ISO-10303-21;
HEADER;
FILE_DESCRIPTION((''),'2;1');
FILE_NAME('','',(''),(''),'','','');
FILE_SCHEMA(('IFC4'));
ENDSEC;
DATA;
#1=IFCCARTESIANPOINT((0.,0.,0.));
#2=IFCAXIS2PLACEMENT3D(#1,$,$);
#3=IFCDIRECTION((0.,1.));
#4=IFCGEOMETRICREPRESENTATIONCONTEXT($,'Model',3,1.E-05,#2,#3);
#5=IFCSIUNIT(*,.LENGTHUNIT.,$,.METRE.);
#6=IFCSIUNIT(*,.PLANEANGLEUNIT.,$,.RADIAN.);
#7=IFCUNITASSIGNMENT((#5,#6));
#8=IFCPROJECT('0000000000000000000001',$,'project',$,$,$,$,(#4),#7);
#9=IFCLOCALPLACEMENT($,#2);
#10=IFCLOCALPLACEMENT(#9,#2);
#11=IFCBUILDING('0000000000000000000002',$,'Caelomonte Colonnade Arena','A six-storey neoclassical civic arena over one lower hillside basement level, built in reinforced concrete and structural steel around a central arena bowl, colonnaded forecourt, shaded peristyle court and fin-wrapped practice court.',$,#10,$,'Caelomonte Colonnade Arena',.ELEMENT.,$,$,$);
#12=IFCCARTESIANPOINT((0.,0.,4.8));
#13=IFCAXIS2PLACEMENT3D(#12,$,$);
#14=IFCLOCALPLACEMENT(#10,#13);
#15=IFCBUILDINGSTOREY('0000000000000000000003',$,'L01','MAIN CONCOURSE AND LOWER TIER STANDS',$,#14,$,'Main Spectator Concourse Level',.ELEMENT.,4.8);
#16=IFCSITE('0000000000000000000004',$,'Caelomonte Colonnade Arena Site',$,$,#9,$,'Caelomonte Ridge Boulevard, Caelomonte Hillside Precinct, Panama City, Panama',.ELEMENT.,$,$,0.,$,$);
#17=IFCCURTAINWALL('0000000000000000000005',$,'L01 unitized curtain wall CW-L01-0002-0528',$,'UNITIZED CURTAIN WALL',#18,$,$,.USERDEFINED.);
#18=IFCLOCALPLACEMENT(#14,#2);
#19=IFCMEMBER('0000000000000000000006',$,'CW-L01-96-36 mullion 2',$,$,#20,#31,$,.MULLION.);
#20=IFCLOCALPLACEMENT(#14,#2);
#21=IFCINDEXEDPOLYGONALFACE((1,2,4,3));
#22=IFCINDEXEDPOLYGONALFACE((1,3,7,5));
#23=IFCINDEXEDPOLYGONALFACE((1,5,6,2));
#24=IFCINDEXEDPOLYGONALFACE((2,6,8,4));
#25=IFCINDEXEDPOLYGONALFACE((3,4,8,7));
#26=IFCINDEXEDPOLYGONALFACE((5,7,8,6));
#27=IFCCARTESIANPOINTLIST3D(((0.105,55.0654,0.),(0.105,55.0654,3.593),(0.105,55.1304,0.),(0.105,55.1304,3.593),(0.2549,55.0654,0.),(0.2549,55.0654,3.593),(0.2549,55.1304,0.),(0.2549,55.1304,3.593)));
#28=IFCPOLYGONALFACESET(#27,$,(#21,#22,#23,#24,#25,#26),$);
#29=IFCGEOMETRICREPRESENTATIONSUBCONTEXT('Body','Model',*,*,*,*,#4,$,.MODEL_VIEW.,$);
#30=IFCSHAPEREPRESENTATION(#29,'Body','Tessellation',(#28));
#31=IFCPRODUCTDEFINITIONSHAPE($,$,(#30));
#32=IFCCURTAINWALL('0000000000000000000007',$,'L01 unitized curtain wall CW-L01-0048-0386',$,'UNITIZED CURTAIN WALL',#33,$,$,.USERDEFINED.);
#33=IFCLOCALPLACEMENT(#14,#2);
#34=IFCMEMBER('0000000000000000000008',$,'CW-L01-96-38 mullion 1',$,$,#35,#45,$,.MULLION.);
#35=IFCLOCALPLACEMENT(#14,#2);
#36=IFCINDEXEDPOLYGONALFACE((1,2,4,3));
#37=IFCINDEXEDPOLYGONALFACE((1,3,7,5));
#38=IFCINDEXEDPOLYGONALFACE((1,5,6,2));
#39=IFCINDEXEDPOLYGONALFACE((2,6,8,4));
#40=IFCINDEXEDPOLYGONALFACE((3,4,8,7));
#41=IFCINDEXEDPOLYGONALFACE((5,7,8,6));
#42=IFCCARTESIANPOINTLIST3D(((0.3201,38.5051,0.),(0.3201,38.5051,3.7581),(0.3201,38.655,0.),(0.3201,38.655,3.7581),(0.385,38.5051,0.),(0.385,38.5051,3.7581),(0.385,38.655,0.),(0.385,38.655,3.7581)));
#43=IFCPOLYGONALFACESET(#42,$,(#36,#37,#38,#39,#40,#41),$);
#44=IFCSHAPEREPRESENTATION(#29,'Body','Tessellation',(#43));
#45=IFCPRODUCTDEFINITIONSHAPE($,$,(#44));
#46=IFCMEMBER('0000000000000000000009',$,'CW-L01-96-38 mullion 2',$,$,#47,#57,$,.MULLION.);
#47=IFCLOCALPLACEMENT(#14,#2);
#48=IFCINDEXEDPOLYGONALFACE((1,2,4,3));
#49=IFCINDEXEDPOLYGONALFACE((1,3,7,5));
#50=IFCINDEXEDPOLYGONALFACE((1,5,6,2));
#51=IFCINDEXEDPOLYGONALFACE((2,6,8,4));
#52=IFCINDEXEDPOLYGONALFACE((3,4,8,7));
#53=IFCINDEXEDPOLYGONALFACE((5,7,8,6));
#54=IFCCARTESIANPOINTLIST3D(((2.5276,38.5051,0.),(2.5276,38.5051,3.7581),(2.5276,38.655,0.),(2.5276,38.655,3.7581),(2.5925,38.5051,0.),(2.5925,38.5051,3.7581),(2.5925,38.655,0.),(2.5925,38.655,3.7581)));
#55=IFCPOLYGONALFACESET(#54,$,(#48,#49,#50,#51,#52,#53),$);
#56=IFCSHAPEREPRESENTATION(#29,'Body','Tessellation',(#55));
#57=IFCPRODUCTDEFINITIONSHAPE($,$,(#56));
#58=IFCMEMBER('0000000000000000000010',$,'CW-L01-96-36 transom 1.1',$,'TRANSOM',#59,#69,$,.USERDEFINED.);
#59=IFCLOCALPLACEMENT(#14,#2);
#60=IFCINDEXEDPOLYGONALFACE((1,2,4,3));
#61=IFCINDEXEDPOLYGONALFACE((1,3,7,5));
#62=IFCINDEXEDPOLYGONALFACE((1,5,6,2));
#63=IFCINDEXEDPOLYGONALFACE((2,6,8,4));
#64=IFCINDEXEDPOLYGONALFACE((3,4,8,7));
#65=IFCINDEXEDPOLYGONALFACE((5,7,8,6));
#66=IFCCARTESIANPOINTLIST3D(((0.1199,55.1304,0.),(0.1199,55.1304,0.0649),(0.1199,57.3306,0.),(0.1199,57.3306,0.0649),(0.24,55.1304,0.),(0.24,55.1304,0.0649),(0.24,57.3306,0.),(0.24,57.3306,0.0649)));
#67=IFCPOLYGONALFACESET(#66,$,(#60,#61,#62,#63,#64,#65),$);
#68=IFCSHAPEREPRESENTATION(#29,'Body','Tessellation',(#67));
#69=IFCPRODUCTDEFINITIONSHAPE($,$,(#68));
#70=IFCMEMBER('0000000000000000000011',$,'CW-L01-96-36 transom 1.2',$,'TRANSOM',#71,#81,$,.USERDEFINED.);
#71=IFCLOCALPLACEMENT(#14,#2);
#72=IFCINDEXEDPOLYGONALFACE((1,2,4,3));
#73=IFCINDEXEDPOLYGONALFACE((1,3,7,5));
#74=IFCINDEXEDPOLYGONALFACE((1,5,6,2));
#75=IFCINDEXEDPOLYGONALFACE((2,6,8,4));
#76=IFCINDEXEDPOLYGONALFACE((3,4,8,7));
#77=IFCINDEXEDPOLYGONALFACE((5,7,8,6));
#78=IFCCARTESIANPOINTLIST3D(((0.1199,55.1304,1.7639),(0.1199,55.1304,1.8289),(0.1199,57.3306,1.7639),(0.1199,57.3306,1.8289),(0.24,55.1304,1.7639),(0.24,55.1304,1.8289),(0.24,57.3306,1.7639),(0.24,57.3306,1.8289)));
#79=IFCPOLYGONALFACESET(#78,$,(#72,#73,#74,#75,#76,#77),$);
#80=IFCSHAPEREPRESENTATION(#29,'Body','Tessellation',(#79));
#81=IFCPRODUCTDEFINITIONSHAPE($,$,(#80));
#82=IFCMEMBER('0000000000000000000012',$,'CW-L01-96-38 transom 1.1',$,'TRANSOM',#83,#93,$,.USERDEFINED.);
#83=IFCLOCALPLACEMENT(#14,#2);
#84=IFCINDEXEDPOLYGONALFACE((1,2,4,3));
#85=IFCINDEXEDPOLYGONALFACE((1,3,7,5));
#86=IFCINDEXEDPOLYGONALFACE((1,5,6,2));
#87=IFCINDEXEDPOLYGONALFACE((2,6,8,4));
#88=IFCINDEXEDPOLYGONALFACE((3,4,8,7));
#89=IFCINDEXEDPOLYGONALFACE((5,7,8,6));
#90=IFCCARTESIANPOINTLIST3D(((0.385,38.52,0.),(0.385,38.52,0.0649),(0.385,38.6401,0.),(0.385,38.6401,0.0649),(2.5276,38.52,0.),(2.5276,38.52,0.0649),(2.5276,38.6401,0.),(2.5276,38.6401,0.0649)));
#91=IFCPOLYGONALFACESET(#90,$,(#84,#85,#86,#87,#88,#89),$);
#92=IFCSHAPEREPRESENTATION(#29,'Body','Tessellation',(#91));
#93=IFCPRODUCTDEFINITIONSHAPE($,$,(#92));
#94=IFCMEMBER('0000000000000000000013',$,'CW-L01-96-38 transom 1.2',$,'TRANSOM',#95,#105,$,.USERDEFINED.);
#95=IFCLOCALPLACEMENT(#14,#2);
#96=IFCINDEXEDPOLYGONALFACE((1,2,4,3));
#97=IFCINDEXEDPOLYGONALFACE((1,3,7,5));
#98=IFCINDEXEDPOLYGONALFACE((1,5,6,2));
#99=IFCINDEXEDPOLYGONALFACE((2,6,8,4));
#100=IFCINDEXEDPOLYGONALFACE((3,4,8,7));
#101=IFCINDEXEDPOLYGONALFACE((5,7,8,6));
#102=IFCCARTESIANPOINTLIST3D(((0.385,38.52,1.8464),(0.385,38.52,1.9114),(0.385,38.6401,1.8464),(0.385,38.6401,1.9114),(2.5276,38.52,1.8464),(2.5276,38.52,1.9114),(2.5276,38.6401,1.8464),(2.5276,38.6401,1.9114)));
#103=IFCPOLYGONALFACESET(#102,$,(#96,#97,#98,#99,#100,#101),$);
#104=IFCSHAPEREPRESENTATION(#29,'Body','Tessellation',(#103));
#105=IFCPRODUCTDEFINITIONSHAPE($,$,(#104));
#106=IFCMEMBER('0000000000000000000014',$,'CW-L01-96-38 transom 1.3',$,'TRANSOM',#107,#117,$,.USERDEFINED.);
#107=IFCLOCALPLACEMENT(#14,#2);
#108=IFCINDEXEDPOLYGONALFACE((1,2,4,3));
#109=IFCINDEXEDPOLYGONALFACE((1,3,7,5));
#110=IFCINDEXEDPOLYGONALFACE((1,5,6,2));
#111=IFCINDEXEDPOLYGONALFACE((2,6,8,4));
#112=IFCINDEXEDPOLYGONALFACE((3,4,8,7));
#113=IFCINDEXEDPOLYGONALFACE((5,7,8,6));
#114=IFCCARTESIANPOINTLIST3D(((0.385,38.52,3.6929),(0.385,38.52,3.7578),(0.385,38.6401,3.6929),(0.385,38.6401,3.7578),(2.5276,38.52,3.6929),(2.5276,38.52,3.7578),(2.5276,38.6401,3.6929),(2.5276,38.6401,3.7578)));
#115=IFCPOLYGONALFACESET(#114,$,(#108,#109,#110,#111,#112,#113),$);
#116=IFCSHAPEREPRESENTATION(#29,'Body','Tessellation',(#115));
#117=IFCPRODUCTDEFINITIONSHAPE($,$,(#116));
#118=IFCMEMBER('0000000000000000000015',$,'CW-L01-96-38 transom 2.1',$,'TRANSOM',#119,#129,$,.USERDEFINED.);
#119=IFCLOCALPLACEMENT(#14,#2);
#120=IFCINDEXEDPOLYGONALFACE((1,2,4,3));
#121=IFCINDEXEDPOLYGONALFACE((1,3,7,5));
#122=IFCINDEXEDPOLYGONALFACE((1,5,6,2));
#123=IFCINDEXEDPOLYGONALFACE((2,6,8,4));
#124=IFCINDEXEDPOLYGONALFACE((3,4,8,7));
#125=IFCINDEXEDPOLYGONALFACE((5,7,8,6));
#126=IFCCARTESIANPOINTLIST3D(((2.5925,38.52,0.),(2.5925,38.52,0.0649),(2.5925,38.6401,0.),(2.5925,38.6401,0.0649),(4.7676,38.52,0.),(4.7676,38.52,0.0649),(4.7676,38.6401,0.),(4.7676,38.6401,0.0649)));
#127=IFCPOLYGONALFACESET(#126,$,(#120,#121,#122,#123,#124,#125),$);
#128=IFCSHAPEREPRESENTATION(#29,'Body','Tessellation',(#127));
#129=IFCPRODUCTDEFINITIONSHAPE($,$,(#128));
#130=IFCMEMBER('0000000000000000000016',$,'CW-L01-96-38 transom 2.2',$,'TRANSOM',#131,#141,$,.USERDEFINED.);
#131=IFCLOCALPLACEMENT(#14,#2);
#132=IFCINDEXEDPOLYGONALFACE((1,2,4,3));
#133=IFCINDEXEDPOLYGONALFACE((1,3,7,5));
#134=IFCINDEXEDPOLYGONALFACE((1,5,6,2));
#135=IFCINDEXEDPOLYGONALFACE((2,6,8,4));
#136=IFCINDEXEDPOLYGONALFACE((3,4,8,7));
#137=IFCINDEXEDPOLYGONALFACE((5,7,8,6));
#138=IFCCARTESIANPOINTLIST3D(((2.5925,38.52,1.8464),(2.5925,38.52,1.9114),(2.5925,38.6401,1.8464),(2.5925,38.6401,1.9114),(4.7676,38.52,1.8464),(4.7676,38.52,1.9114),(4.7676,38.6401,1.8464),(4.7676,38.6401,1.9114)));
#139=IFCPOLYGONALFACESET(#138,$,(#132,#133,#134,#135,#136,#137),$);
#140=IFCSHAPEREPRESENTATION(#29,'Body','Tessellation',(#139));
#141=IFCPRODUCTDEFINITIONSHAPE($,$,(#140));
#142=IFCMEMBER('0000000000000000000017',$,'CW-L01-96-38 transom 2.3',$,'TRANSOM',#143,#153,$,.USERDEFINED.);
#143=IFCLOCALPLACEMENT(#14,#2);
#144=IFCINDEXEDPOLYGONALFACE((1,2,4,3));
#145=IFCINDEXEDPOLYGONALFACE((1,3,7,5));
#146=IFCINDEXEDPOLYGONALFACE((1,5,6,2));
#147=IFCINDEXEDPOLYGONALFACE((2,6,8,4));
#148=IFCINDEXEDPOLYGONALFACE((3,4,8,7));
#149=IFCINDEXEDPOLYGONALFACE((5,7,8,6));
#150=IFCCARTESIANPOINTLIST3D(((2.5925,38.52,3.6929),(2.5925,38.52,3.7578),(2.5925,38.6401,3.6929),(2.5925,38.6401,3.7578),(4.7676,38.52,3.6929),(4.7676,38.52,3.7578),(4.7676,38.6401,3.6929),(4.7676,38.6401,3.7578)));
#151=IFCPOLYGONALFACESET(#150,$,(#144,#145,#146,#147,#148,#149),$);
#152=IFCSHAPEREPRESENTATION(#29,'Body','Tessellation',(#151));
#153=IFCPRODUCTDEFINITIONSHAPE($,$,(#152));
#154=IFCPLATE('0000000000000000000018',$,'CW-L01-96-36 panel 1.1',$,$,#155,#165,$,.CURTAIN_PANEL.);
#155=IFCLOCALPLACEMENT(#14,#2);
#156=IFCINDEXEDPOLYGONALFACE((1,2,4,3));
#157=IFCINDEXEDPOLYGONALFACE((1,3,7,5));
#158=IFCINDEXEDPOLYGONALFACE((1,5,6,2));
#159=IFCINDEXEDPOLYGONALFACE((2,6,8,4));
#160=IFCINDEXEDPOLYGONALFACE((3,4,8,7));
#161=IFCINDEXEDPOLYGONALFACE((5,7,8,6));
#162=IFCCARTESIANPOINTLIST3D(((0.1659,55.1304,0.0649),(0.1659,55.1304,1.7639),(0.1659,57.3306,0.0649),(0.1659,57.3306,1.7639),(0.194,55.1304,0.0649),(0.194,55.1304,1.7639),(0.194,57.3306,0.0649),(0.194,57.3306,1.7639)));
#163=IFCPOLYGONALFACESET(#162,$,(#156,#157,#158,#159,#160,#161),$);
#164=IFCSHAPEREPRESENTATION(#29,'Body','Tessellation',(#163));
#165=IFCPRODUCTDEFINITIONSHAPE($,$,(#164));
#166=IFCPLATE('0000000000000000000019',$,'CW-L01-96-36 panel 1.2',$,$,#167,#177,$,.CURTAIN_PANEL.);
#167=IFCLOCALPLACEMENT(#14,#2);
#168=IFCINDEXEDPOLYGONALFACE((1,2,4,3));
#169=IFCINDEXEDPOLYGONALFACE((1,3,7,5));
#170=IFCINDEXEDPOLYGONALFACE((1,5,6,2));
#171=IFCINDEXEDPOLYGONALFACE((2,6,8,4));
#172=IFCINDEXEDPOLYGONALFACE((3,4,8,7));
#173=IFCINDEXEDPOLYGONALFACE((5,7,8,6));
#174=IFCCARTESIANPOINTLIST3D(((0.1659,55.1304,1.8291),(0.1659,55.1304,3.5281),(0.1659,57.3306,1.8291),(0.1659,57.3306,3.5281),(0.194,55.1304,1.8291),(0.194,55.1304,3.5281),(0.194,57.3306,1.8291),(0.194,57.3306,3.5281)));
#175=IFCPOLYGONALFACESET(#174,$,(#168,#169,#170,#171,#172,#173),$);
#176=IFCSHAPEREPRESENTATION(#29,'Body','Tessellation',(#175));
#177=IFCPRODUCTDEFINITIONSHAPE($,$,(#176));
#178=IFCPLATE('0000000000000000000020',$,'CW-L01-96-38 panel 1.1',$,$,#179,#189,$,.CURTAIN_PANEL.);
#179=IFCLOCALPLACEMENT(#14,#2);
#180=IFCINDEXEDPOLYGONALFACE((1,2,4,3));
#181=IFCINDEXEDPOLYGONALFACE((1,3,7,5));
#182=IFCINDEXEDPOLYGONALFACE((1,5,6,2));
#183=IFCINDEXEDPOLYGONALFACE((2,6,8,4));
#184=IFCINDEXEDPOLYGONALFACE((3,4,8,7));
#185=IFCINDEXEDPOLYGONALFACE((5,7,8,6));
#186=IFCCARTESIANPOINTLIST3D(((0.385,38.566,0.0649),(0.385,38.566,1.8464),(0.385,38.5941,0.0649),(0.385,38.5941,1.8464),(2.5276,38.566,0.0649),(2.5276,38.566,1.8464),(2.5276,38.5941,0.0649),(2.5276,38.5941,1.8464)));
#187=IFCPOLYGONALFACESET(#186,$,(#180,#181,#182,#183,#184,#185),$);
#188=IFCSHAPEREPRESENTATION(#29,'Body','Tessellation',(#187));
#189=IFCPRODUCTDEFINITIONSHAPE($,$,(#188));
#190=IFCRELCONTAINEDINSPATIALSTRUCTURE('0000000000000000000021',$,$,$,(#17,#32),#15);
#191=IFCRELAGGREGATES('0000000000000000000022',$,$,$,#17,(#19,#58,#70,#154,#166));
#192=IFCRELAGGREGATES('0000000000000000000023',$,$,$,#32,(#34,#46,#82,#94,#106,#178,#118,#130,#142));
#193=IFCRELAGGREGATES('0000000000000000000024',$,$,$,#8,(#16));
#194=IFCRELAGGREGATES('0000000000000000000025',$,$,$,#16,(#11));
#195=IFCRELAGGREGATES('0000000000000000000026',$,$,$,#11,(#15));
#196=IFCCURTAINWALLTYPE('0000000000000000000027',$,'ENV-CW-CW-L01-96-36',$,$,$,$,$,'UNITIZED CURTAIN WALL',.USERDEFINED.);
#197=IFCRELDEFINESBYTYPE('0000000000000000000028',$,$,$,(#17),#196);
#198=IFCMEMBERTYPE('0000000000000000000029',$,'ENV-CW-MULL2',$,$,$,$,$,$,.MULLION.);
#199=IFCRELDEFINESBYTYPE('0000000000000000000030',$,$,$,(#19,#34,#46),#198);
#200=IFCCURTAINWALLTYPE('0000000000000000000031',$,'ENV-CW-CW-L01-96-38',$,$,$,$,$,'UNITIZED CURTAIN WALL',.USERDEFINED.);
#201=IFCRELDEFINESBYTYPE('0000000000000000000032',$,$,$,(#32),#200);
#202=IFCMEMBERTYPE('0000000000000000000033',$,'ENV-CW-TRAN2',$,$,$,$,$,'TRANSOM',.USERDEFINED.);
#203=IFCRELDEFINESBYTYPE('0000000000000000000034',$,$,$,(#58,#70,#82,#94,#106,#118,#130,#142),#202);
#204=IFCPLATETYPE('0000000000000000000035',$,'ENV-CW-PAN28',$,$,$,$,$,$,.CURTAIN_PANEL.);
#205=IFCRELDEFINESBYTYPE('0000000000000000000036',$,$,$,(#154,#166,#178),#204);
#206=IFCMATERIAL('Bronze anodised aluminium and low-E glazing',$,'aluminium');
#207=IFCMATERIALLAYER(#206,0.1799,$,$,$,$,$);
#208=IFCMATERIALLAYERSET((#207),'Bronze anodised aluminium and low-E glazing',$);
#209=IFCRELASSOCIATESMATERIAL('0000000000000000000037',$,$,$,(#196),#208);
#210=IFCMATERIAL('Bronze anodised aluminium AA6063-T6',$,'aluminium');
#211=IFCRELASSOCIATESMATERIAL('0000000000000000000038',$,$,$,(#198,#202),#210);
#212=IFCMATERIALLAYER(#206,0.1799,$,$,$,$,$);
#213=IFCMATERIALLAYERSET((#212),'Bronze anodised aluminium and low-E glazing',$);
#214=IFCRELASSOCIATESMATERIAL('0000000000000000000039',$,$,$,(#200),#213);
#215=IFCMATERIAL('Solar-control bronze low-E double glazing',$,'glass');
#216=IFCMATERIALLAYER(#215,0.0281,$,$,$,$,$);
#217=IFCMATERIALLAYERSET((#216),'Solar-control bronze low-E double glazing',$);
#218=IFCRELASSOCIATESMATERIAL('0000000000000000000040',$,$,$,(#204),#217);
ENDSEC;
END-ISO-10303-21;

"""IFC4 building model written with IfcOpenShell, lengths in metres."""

from ifc_helpers import new_model, si_unit, direction, frame, origin, origin_2d, place, context, subcontext, project, spatial, rectangle, extrude, material, layer, layer_set, material_profile, profile_set, type_object, element, aggregate, save


model = new_model("IFC4")

# Units and contexts
model_context = context("Model", 3, precision=1e-05, world=origin(), true_north=direction((0.0, 1.0)))
body_context = subcontext(model_context, "Body", "Model", "MODEL_VIEW")
ifc_project = project(units=[si_unit("LENGTHUNIT", "METRE"), si_unit("PLANEANGLEUNIT", "RADIAN")], contexts=[model_context])

# Site, building, storey
site_placement = place(None, origin())
site = spatial("IfcSite", under=ifc_project, at=site_placement, Name="Caelomonte Colonnade Arena Site", LongName="Caelomonte Ridge Boulevard, Caelomonte Hillside Precinct, Panama City, Panama", CompositionType="ELEMENT", RefElevation=0.0)
building_placement = place(site_placement, origin())
building = spatial("IfcBuilding", under=site, at=building_placement, Name="Caelomonte Colonnade Arena", Description="A six-storey neoclassical civic arena over one lower hillside basement level, built in reinforced concrete and structural steel around a central arena bowl, colonnaded forecourt, shaded peristyle court and fin-wrapped practice court.", LongName="Caelomonte Colonnade Arena", CompositionType="ELEMENT")
storey_placement = place(building_placement, frame((0.0, 0.0, 4.8)))
storey = spatial("IfcBuildingStorey", under=building, at=storey_placement, Name="L01", Description="MAIN CONCOURSE AND LOWER TIER STANDS", LongName="Main Spectator Concourse Level", CompositionType="ELEMENT", Elevation=4.8)

# Curtain wall, member
ifc_material_1 = material(Name="Bronze anodised aluminium and low-E glazing", Category="aluminium")
ifc_layer_1 = layer(ifc_material_1, 0.1799)
ifc_layer_set_1 = layer_set([ifc_layer_1], Name="Bronze anodised aluminium and low-E glazing")
curtain_wall_type_1 = type_object("IfcCurtainWallType", Name="ENV-CW-CW-L01-96-36", ElementType="UNITIZED CURTAIN WALL", PredefinedType="USERDEFINED", material=ifc_layer_set_1)
curtain_wall_1_placement = place(storey_placement, origin())
curtain_wall_1 = element("IfcCurtainWall", 1, at=curtain_wall_1_placement, inside=storey, type_object=curtain_wall_type_1, Name="L01 unitized curtain wall CW-L01-0002-0528", ObjectType="UNITIZED CURTAIN WALL", PredefinedType="USERDEFINED")
ifc_material_2 = material(Name="Bronze anodised aluminium AA6063-T6", Category="aluminium")
ifc_material_profile_1 = material_profile(ifc_material_2, rectangle(XDim=0.0649, YDim=0.1499, at=origin_2d()), Name="CWM-65X150")
ifc_profile_set_1 = profile_set([ifc_material_profile_1], Name="Bronze anodised aluminium AA6063-T6")
member_type_1 = type_object("IfcMemberType", Name="ENV-CW-MULL2", PredefinedType="MULLION", material=ifc_profile_set_1)
member_1_placement = place(storey_placement, frame((0.1799, 55.0979, 0.0), z_axis=(0.0, 0.0, 1.0), x_axis=(0.0, -1.0, 0.0)))
member_1 = element("IfcMember", 2, at=member_1_placement, type_object=member_type_1, Name="CW-L01-96-36 mullion 2", PredefinedType="MULLION", context=body_context, shape_type="SweptSolid", body=[
    extrude(rectangle(XDim=0.0649, YDim=0.1499, at=origin_2d()), origin(), (0.0, 0.0, 1.0), 3.593),
])

# Curtain wall, members
ifc_layer_2 = layer(ifc_material_1, 0.1799)
ifc_layer_set_2 = layer_set([ifc_layer_2], Name="Bronze anodised aluminium and low-E glazing")
curtain_wall_type_2 = type_object("IfcCurtainWallType", Name="ENV-CW-CW-L01-96-38", ElementType="UNITIZED CURTAIN WALL", PredefinedType="USERDEFINED", material=ifc_layer_set_2)
curtain_wall_2_placement = place(storey_placement, origin())
curtain_wall_2 = element("IfcCurtainWall", 3, at=curtain_wall_2_placement, inside=storey, type_object=curtain_wall_type_2, Name="L01 unitized curtain wall CW-L01-0048-0386", ObjectType="UNITIZED CURTAIN WALL", PredefinedType="USERDEFINED")
member_2_placement = place(storey_placement, frame((0.3525, 38.5801, 0.0), z_axis=(0.0, 0.0, 1.0), x_axis=(1.0, 0.0, 0.0)))
member_2 = element("IfcMember", 4, at=member_2_placement, type_object=member_type_1, Name="CW-L01-96-38 mullion 1", PredefinedType="MULLION", context=body_context, shape_type="SweptSolid", body=[
    extrude(rectangle(XDim=0.0649, YDim=0.1499, at=origin_2d()), origin(), (0.0, 0.0, 1.0), 3.7581),
])
member_3_placement = place(storey_placement, frame((2.5601, 38.5801, 0.0), z_axis=(0.0, 0.0, 1.0), x_axis=(1.0, 0.0, 0.0)))
member_3 = element("IfcMember", 5, at=member_3_placement, type_object=member_type_1, Name="CW-L01-96-38 mullion 2", PredefinedType="MULLION", context=body_context, shape_type="SweptSolid", body=[
    extrude(rectangle(XDim=0.0649, YDim=0.1499, at=origin_2d()), origin(), (0.0, 0.0, 1.0), 3.7581),
])

# Members
ifc_material_profile_2 = material_profile(ifc_material_2, rectangle(XDim=0.0649, YDim=0.1201, at=origin_2d()), Name="CWT-65X120")
ifc_profile_set_2 = profile_set([ifc_material_profile_2], Name="Bronze anodised aluminium AA6063-T6")
member_type_2 = type_object("IfcMemberType", Name="ENV-CW-TRAN2", ElementType="TRANSOM", PredefinedType="USERDEFINED", material=ifc_profile_set_2)
member_4_placement = place(storey_placement, frame((0.1799, 57.3306, 0.0325), z_axis=(0.0, -1.0, 0.0), x_axis=(0.0, 0.0, 1.0)))
member_4 = element("IfcMember", 6, at=member_4_placement, type_object=member_type_2, Name="CW-L01-96-36 transom 1.1", ObjectType="TRANSOM", PredefinedType="USERDEFINED", context=body_context, shape_type="SweptSolid", body=[
    extrude(rectangle(XDim=0.0649, YDim=0.1201, at=origin_2d()), origin(), (0.0, 0.0, 1.0), 2.2002),
])
member_5_placement = place(storey_placement, frame((0.1799, 57.3306, 1.7964), z_axis=(0.0, -1.0, 0.0), x_axis=(0.0, 0.0, 1.0)))
member_5 = element("IfcMember", 7, at=member_5_placement, type_object=member_type_2, Name="CW-L01-96-36 transom 1.2", ObjectType="TRANSOM", PredefinedType="USERDEFINED", context=body_context, shape_type="SweptSolid", body=[
    extrude(rectangle(XDim=0.0649, YDim=0.1201, at=origin_2d()), origin(), (0.0, 0.0, 1.0), 2.2002),
])
member_6_placement = place(storey_placement, frame((0.385, 38.5801, 0.0325), z_axis=(1.0, 0.0, 0.0), x_axis=(0.0, 0.0, 1.0)))
member_6 = element("IfcMember", 8, at=member_6_placement, type_object=member_type_2, Name="CW-L01-96-38 transom 1.1", ObjectType="TRANSOM", PredefinedType="USERDEFINED", context=body_context, shape_type="SweptSolid", body=[
    extrude(rectangle(XDim=0.0649, YDim=0.1201, at=origin_2d()), origin(), (0.0, 0.0, 1.0), 2.1426),
])
member_7_placement = place(storey_placement, frame((0.385, 38.5801, 1.8789), z_axis=(1.0, 0.0, 0.0), x_axis=(0.0, 0.0, 1.0)))
member_7 = element("IfcMember", 9, at=member_7_placement, type_object=member_type_2, Name="CW-L01-96-38 transom 1.2", ObjectType="TRANSOM", PredefinedType="USERDEFINED", context=body_context, shape_type="SweptSolid", body=[
    extrude(rectangle(XDim=0.0649, YDim=0.1201, at=origin_2d()), origin(), (0.0, 0.0, 1.0), 2.1426),
])
member_8_placement = place(storey_placement, frame((0.385, 38.5801, 3.7253), z_axis=(1.0, 0.0, 0.0), x_axis=(0.0, 0.0, 1.0)))
member_8 = element("IfcMember", 10, at=member_8_placement, type_object=member_type_2, Name="CW-L01-96-38 transom 1.3", ObjectType="TRANSOM", PredefinedType="USERDEFINED", context=body_context, shape_type="SweptSolid", body=[
    extrude(rectangle(XDim=0.0649, YDim=0.1201, at=origin_2d()), origin(), (0.0, 0.0, 1.0), 2.1426),
])
member_9_placement = place(storey_placement, frame((2.5925, 38.5801, 0.0325), z_axis=(1.0, 0.0, 0.0), x_axis=(0.0, 0.0, 1.0)))
member_9 = element("IfcMember", 11, at=member_9_placement, type_object=member_type_2, Name="CW-L01-96-38 transom 2.1", ObjectType="TRANSOM", PredefinedType="USERDEFINED", context=body_context, shape_type="SweptSolid", body=[
    extrude(rectangle(XDim=0.0649, YDim=0.1201, at=origin_2d()), origin(), (0.0, 0.0, 1.0), 2.175),
])
member_10_placement = place(storey_placement, frame((2.5925, 38.5801, 1.8789), z_axis=(1.0, 0.0, 0.0), x_axis=(0.0, 0.0, 1.0)))
member_10 = element("IfcMember", 12, at=member_10_placement, type_object=member_type_2, Name="CW-L01-96-38 transom 2.2", ObjectType="TRANSOM", PredefinedType="USERDEFINED", context=body_context, shape_type="SweptSolid", body=[
    extrude(rectangle(XDim=0.0649, YDim=0.1201, at=origin_2d()), origin(), (0.0, 0.0, 1.0), 2.175),
])
member_11_placement = place(storey_placement, frame((2.5925, 38.5801, 3.7253), z_axis=(1.0, 0.0, 0.0), x_axis=(0.0, 0.0, 1.0)))
member_11 = element("IfcMember", 13, at=member_11_placement, type_object=member_type_2, Name="CW-L01-96-38 transom 2.3", ObjectType="TRANSOM", PredefinedType="USERDEFINED", context=body_context, shape_type="SweptSolid", body=[
    extrude(rectangle(XDim=0.0649, YDim=0.1201, at=origin_2d()), origin(), (0.0, 0.0, 1.0), 2.175),
])

# Plates
ifc_material_3 = material(Name="Solar-control bronze low-E double glazing", Category="glass")
ifc_layer_3 = layer(ifc_material_3, 0.0281)
ifc_layer_set_3 = layer_set([ifc_layer_3], Name="Solar-control bronze low-E double glazing")
plate_type = type_object("IfcPlateType", Name="ENV-CW-PAN28", PredefinedType="CURTAIN_PANEL", material=ifc_layer_set_3)
plate_1_placement = place(storey_placement, frame((0.1799, 56.2305, 0.0649), z_axis=(0.0, 0.0, 1.0), x_axis=(0.0, -1.0, 0.0)))
plate_1 = element("IfcPlate", 14, at=plate_1_placement, type_object=plate_type, Name="CW-L01-96-36 panel 1.1", PredefinedType="CURTAIN_PANEL", context=body_context, shape_type="SweptSolid", body=[
    extrude(rectangle(XDim=2.2002, YDim=0.0281, at=origin_2d()), origin(), (0.0, 0.0, 1.0), 1.699),
])
plate_2_placement = place(storey_placement, frame((0.1799, 56.2305, 1.8291), z_axis=(0.0, 0.0, 1.0), x_axis=(0.0, -1.0, 0.0)))
plate_2 = element("IfcPlate", 15, at=plate_2_placement, type_object=plate_type, Name="CW-L01-96-36 panel 1.2", PredefinedType="CURTAIN_PANEL", context=body_context, shape_type="SweptSolid", body=[
    extrude(rectangle(XDim=2.2002, YDim=0.0281, at=origin_2d()), origin(), (0.0, 0.0, 1.0), 1.699),
])
aggregate(curtain_wall_1, [member_1, member_4, member_5, plate_1, plate_2])
plate_3_placement = place(storey_placement, frame((1.4563, 38.5801, 0.0649), z_axis=(0.0, 0.0, 1.0), x_axis=(1.0, 0.0, 0.0)))
plate_3 = element("IfcPlate", 16, at=plate_3_placement, type_object=plate_type, Name="CW-L01-96-38 panel 1.1", PredefinedType="CURTAIN_PANEL", context=body_context, shape_type="SweptSolid", body=[
    extrude(rectangle(XDim=2.1426, YDim=0.0281, at=origin_2d()), origin(), (0.0, 0.0, 1.0), 1.7815),
])
aggregate(curtain_wall_2, [member_2, member_3, member_6, member_7, member_8, plate_3, member_9, member_10, member_11])

save(model, "model.ifc")
